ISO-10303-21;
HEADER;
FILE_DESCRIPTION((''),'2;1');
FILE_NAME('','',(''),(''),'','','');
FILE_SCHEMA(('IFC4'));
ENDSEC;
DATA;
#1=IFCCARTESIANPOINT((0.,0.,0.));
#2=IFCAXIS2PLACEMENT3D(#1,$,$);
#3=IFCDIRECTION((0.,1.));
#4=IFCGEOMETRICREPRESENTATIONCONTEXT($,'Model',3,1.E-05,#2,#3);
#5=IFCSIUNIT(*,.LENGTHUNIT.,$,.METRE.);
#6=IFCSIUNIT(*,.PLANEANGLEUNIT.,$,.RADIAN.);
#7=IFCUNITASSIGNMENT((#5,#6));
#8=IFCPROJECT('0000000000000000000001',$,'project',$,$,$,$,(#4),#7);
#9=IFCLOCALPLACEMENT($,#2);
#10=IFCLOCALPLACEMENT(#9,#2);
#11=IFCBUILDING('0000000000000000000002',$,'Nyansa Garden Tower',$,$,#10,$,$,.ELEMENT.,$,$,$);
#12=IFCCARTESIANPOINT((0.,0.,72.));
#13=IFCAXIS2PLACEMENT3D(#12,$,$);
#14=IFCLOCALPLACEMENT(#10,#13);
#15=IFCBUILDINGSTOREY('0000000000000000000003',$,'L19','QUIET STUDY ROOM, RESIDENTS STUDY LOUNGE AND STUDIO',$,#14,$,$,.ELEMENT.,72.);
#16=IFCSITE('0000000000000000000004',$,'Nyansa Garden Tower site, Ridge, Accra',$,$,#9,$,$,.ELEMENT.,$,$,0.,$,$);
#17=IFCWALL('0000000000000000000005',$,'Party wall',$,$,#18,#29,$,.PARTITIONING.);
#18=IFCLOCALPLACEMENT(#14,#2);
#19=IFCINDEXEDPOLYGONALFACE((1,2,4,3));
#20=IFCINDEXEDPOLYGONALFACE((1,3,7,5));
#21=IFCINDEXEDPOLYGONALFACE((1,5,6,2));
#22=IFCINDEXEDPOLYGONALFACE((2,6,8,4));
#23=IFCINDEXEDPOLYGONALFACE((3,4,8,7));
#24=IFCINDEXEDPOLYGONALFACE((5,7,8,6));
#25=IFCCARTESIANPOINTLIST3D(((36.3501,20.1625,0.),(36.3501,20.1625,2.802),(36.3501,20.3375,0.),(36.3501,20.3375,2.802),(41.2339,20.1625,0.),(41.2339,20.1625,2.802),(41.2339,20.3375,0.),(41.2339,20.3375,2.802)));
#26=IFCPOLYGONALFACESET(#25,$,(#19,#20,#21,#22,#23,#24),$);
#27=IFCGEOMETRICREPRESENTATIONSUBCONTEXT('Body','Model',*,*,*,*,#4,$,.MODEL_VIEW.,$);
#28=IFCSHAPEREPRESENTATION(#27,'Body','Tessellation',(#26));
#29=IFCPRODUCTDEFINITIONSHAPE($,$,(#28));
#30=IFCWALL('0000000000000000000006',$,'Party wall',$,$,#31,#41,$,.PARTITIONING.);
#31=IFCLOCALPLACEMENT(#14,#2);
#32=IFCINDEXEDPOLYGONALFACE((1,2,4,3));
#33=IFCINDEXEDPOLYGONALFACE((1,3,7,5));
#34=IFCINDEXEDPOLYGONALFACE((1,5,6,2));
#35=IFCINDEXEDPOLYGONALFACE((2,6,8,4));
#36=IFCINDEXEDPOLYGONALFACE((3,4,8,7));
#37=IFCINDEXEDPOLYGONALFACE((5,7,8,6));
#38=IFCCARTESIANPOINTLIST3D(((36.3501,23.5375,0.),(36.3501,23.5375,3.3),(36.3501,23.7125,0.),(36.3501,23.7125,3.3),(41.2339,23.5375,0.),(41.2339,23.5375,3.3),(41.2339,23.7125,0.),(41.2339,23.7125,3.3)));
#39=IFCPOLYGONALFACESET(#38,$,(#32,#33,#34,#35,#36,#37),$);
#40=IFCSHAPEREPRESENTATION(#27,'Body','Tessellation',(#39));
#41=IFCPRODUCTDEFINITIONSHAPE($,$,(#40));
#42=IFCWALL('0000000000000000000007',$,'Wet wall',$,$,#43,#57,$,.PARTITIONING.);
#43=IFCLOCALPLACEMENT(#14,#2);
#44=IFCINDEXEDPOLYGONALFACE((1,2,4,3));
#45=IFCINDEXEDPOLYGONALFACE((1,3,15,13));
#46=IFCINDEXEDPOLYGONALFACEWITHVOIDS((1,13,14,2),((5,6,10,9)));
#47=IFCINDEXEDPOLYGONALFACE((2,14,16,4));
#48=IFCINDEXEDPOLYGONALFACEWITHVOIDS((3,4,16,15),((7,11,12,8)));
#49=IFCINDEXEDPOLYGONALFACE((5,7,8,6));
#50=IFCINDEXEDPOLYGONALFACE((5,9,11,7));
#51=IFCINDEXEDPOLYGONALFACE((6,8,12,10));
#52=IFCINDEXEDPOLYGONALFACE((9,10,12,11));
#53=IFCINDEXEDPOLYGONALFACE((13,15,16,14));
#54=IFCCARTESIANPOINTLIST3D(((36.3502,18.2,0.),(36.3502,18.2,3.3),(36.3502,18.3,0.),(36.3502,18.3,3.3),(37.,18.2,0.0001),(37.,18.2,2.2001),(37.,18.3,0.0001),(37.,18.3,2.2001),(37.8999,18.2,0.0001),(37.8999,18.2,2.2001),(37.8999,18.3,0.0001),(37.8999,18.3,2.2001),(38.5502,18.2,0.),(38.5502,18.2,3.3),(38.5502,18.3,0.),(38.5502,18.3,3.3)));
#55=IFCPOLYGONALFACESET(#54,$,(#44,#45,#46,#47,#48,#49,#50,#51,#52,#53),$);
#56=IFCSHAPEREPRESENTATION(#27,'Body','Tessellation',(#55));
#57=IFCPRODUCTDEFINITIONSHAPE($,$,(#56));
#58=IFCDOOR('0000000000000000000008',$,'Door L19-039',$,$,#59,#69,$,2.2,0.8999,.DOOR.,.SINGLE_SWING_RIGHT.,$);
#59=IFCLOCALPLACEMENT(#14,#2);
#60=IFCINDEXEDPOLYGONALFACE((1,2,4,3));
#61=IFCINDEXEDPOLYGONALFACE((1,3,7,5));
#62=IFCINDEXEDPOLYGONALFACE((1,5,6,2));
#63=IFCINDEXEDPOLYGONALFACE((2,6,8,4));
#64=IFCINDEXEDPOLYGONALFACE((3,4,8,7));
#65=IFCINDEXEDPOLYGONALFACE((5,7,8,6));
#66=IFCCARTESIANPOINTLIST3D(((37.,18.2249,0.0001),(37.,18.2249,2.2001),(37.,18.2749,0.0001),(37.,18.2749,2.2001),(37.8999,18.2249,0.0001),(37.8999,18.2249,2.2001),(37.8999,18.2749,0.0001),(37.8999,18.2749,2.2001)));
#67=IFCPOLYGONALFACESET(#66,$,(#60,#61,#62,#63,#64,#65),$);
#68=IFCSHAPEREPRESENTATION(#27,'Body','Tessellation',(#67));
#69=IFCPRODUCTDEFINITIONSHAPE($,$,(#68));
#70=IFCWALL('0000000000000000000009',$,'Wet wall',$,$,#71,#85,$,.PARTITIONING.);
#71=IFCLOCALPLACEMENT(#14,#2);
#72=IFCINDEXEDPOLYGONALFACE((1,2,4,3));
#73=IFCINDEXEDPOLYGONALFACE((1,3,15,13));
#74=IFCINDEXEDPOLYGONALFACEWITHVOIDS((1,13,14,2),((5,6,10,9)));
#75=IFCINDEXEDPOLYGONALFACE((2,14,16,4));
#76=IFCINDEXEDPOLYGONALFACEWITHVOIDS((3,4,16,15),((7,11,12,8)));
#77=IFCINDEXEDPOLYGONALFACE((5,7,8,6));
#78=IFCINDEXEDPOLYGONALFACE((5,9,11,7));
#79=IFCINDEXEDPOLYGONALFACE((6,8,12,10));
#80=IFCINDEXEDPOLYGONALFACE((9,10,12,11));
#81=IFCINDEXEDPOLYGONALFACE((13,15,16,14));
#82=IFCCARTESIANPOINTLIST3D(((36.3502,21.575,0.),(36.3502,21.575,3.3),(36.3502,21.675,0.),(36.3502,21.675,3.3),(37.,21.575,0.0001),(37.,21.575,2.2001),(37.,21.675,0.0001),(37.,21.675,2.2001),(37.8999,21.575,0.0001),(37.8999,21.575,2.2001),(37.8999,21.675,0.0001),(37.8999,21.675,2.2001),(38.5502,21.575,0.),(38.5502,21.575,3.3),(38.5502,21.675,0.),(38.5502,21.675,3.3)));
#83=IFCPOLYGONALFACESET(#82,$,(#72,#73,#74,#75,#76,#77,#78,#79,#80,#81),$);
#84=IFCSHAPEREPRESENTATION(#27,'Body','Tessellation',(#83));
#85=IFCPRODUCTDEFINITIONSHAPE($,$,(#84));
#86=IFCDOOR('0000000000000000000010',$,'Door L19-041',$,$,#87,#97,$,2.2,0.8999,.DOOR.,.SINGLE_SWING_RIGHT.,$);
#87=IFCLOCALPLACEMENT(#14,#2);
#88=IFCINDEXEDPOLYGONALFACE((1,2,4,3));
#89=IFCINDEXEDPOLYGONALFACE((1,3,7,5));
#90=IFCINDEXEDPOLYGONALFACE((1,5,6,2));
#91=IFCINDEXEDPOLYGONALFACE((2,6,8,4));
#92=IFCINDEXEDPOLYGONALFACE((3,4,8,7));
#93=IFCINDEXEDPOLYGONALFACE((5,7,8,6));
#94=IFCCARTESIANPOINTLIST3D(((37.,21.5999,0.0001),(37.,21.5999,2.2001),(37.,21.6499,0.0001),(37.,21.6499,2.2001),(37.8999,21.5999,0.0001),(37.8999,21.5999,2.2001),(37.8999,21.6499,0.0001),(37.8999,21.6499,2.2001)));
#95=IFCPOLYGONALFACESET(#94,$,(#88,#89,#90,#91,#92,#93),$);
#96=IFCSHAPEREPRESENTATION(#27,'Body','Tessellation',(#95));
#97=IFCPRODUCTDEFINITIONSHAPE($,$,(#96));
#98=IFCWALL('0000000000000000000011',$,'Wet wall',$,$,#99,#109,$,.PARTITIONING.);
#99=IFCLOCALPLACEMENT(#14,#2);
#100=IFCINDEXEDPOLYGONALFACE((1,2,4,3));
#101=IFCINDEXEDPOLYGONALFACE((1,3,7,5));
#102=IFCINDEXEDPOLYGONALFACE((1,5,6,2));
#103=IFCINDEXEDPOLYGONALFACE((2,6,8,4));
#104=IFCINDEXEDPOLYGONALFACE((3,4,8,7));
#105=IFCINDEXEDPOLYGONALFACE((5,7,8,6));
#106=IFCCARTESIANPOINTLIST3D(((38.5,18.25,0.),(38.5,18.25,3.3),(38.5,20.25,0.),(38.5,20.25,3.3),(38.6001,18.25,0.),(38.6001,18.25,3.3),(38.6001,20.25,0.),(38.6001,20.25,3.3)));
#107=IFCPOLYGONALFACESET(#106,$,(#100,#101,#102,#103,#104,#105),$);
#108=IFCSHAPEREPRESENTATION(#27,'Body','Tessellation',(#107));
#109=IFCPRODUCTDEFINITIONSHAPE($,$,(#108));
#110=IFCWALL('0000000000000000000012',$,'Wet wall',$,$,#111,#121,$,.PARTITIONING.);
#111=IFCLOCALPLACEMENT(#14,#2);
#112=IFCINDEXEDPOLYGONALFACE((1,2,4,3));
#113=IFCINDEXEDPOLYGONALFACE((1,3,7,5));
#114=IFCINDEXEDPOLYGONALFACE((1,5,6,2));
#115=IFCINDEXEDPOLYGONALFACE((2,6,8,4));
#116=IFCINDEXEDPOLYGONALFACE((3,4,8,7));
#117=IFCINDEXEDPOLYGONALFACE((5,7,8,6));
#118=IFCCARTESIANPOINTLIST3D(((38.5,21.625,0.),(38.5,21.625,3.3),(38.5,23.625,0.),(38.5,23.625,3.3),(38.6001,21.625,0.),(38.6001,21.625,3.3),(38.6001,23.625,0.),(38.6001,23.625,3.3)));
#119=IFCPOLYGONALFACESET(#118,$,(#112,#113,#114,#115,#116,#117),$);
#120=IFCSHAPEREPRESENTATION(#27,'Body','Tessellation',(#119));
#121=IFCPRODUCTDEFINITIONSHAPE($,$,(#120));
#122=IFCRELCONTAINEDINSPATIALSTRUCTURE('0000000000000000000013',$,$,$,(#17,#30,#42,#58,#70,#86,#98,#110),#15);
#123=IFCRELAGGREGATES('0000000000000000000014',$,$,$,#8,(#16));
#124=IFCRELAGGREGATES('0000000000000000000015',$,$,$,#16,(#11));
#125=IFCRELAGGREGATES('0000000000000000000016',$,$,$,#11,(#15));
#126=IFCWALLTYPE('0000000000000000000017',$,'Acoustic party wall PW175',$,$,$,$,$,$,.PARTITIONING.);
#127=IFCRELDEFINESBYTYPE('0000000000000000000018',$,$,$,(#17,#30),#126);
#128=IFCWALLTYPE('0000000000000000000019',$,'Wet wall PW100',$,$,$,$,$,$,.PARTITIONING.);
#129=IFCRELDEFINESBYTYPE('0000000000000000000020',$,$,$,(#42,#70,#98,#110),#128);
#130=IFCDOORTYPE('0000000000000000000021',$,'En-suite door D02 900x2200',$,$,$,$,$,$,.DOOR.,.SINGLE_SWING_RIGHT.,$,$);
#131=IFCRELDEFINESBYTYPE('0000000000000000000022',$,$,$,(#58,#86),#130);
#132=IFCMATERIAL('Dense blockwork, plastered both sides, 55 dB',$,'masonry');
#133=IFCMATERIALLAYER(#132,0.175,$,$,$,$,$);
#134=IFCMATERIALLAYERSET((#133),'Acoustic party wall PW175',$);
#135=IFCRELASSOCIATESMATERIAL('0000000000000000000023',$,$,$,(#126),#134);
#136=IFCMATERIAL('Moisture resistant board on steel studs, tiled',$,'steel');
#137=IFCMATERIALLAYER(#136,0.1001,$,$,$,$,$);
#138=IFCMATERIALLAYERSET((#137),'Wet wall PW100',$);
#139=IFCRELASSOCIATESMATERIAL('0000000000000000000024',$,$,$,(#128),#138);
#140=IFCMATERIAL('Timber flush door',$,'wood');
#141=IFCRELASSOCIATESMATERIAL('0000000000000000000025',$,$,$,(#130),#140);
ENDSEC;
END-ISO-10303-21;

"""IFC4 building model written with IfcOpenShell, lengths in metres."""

from ifc_helpers import new_model, si_unit, direction, frame, frame_2d, origin, place, context, subcontext, project, spatial, rectangle, extrude, material, layer, layer_set, type_object, element, fill, save


model = new_model("IFC4")

# Units and contexts
model_context = context("Model", 3, precision=1e-05, world=origin(), true_north=direction((0.0, 1.0)))
body_context = subcontext(model_context, "Body", "Model", "MODEL_VIEW")
ifc_project = project(units=[si_unit("LENGTHUNIT", "METRE"), si_unit("PLANEANGLEUNIT", "RADIAN")], contexts=[model_context])

# Site, building, storey
site_placement = place(None, origin())
site = spatial("IfcSite", under=ifc_project, at=site_placement, Name="Nyansa Garden Tower site, Ridge, Accra", CompositionType="ELEMENT", RefElevation=0.0)
building_placement = place(site_placement, origin())
building = spatial("IfcBuilding", under=site, at=building_placement, Name="Nyansa Garden Tower", CompositionType="ELEMENT")
storey_placement = place(building_placement, frame((0.0, 0.0, 72.0)))
storey = spatial("IfcBuildingStorey", under=building, at=storey_placement, Name="L19", Description="QUIET STUDY ROOM, RESIDENTS STUDY LOUNGE AND STUDIO", CompositionType="ELEMENT", Elevation=72.0)

# Walls
ifc_material_1 = material(Name="Dense blockwork, plastered both sides, 55 dB", Category="masonry")
ifc_layer_1 = layer(ifc_material_1, 0.175)
ifc_layer_set_1 = layer_set([ifc_layer_1], Name="Acoustic party wall PW175")
wall_type_1 = type_object("IfcWallType", Name="Acoustic party wall PW175", PredefinedType="PARTITIONING", material=ifc_layer_set_1)
wall_1_placement = place(storey_placement, frame((36.3501, 20.25, 0.0), z_axis=(0.0, 0.0, 1.0), x_axis=(1.0, 0.0, 0.0)))
element("IfcWall", 1, at=wall_1_placement, inside=storey, type_object=wall_type_1, Name="Party wall", PredefinedType="PARTITIONING", context=body_context, shape_type="SweptSolid", body=[
    extrude(rectangle(XDim=4.8838, YDim=0.175, at=frame_2d((2.4419, 0.0))), origin(), (0.0, 0.0, 1.0), 2.802),
])
wall_2_placement = place(storey_placement, frame((36.3501, 23.625, 0.0), z_axis=(0.0, 0.0, 1.0), x_axis=(1.0, 0.0, 0.0)))
element("IfcWall", 2, at=wall_2_placement, inside=storey, type_object=wall_type_1, Name="Party wall", PredefinedType="PARTITIONING", context=body_context, shape_type="SweptSolid", body=[
    extrude(rectangle(XDim=4.8838, YDim=0.175, at=frame_2d((2.4419, 0.0))), origin(), (0.0, 0.0, 1.0), 3.3),
])

# Walls, openings, doors
ifc_material_2 = material(Name="Moisture resistant board on steel studs, tiled", Category="steel")
ifc_layer_2 = layer(ifc_material_2, 0.1001)
ifc_layer_set_2 = layer_set([ifc_layer_2], Name="Wet wall PW100")
wall_type_2 = type_object("IfcWallType", Name="Wet wall PW100", PredefinedType="PARTITIONING", material=ifc_layer_set_2)
wall_3_placement = place(storey_placement, frame((36.3501, 18.25, 0.0), z_axis=(0.0, 0.0, 1.0), x_axis=(1.0, 0.0, 0.0)))
wall_3 = element("IfcWall", 3, at=wall_3_placement, inside=storey, type_object=wall_type_2, Name="Wet wall", PredefinedType="PARTITIONING", context=body_context, shape_type="SweptSolid", body=[
    extrude(rectangle(XDim=2.2, YDim=0.1001, at=frame_2d((1.1001, 0.0))), origin(), (0.0, 0.0, 1.0), 3.3),
])
opening_1_placement = place(wall_3_placement, frame((0.6499, 0.0, 0.0)))
opening_1 = element("IfcOpeningElement", 4, at=opening_1_placement, cuts=wall_3, PredefinedType="OPENING", context=body_context, shape_type="SweptSolid", body=[
    extrude(rectangle(XDim=0.8999, YDim=2.2, at=frame_2d((0.45, 1.1001))), frame((0.0, 0.0601, 0.0), z_axis=(0.0, -1.0, 0.0), x_axis=(1.0, 0.0, 0.0)), (0.0, 0.0, 1.0), 0.1201),
])
ifc_material_3 = material(Name="Timber flush door", Category="wood")
door_type = type_object("IfcDoorType", Name="En-suite door D02 900x2200", OperationType="SINGLE_SWING_RIGHT", PredefinedType="DOOR", material=ifc_material_3)
door_1_placement = place(opening_1_placement, origin())
door_1 = element("IfcDoor", 5, at=door_1_placement, inside=storey, type_object=door_type, Name="Door L19-039", OperationType="SINGLE_SWING_RIGHT", OverallHeight=2.2, OverallWidth=0.8999, PredefinedType="DOOR", context=body_context, shape_type="SweptSolid", body=[
    extrude(rectangle(XDim=0.8999, YDim=2.2, at=frame_2d((0.45, 1.1001))), frame((0.0, 0.0249, 0.0), z_axis=(0.0, -1.0, 0.0), x_axis=(1.0, 0.0, 0.0)), (0.0, 0.0, 1.0), 0.05),
])
fill(opening_1, door_1)
wall_4_placement = place(storey_placement, frame((36.3501, 21.625, 0.0), z_axis=(0.0, 0.0, 1.0), x_axis=(1.0, 0.0, 0.0)))
wall_4 = element("IfcWall", 6, at=wall_4_placement, inside=storey, type_object=wall_type_2, Name="Wet wall", PredefinedType="PARTITIONING", context=body_context, shape_type="SweptSolid", body=[
    extrude(rectangle(XDim=2.2, YDim=0.1001, at=frame_2d((1.1001, 0.0))), origin(), (0.0, 0.0, 1.0), 3.3),
])
opening_2_placement = place(wall_4_placement, frame((0.6499, 0.0, 0.0)))
opening_2 = element("IfcOpeningElement", 7, at=opening_2_placement, cuts=wall_4, PredefinedType="OPENING", context=body_context, shape_type="SweptSolid", body=[
    extrude(rectangle(XDim=0.8999, YDim=2.2, at=frame_2d((0.45, 1.1001))), frame((0.0, 0.0601, 0.0), z_axis=(0.0, -1.0, 0.0), x_axis=(1.0, 0.0, 0.0)), (0.0, 0.0, 1.0), 0.1201),
])
door_2_placement = place(opening_2_placement, origin())
door_2 = element("IfcDoor", 8, at=door_2_placement, inside=storey, type_object=door_type, Name="Door L19-041", OperationType="SINGLE_SWING_RIGHT", OverallHeight=2.2, OverallWidth=0.8999, PredefinedType="DOOR", context=body_context, shape_type="SweptSolid", body=[
    extrude(rectangle(XDim=0.8999, YDim=2.2, at=frame_2d((0.45, 1.1001))), frame((0.0, 0.0249, 0.0), z_axis=(0.0, -1.0, 0.0), x_axis=(1.0, 0.0, 0.0)), (0.0, 0.0, 1.0), 0.05),
])
fill(opening_2, door_2)

# Walls
for number, where, z_axis, x_axis, name in (
    (9, (38.55, 18.25, 0.0), (0.0, 0.0, 1.0), (0.0, 1.0, 0.0), "Wet wall"),
    (10, (38.55, 21.625, 0.0), (0.0, 0.0, 1.0), (0.0, 1.0, 0.0), "Wet wall"),
):
    element("IfcWall", number, at=place(storey_placement, frame(where, z_axis=z_axis, x_axis=x_axis)), inside=storey, type_object=wall_type_2, Name=name, PredefinedType="PARTITIONING", context=body_context, shape_type="SweptSolid", body=[
        extrude(rectangle(XDim=2.0, YDim=0.1001, at=frame_2d((1.0, 0.0))), origin(), (0.0, 0.0, 1.0), 3.3),
    ])

save(model, "model.ifc")
